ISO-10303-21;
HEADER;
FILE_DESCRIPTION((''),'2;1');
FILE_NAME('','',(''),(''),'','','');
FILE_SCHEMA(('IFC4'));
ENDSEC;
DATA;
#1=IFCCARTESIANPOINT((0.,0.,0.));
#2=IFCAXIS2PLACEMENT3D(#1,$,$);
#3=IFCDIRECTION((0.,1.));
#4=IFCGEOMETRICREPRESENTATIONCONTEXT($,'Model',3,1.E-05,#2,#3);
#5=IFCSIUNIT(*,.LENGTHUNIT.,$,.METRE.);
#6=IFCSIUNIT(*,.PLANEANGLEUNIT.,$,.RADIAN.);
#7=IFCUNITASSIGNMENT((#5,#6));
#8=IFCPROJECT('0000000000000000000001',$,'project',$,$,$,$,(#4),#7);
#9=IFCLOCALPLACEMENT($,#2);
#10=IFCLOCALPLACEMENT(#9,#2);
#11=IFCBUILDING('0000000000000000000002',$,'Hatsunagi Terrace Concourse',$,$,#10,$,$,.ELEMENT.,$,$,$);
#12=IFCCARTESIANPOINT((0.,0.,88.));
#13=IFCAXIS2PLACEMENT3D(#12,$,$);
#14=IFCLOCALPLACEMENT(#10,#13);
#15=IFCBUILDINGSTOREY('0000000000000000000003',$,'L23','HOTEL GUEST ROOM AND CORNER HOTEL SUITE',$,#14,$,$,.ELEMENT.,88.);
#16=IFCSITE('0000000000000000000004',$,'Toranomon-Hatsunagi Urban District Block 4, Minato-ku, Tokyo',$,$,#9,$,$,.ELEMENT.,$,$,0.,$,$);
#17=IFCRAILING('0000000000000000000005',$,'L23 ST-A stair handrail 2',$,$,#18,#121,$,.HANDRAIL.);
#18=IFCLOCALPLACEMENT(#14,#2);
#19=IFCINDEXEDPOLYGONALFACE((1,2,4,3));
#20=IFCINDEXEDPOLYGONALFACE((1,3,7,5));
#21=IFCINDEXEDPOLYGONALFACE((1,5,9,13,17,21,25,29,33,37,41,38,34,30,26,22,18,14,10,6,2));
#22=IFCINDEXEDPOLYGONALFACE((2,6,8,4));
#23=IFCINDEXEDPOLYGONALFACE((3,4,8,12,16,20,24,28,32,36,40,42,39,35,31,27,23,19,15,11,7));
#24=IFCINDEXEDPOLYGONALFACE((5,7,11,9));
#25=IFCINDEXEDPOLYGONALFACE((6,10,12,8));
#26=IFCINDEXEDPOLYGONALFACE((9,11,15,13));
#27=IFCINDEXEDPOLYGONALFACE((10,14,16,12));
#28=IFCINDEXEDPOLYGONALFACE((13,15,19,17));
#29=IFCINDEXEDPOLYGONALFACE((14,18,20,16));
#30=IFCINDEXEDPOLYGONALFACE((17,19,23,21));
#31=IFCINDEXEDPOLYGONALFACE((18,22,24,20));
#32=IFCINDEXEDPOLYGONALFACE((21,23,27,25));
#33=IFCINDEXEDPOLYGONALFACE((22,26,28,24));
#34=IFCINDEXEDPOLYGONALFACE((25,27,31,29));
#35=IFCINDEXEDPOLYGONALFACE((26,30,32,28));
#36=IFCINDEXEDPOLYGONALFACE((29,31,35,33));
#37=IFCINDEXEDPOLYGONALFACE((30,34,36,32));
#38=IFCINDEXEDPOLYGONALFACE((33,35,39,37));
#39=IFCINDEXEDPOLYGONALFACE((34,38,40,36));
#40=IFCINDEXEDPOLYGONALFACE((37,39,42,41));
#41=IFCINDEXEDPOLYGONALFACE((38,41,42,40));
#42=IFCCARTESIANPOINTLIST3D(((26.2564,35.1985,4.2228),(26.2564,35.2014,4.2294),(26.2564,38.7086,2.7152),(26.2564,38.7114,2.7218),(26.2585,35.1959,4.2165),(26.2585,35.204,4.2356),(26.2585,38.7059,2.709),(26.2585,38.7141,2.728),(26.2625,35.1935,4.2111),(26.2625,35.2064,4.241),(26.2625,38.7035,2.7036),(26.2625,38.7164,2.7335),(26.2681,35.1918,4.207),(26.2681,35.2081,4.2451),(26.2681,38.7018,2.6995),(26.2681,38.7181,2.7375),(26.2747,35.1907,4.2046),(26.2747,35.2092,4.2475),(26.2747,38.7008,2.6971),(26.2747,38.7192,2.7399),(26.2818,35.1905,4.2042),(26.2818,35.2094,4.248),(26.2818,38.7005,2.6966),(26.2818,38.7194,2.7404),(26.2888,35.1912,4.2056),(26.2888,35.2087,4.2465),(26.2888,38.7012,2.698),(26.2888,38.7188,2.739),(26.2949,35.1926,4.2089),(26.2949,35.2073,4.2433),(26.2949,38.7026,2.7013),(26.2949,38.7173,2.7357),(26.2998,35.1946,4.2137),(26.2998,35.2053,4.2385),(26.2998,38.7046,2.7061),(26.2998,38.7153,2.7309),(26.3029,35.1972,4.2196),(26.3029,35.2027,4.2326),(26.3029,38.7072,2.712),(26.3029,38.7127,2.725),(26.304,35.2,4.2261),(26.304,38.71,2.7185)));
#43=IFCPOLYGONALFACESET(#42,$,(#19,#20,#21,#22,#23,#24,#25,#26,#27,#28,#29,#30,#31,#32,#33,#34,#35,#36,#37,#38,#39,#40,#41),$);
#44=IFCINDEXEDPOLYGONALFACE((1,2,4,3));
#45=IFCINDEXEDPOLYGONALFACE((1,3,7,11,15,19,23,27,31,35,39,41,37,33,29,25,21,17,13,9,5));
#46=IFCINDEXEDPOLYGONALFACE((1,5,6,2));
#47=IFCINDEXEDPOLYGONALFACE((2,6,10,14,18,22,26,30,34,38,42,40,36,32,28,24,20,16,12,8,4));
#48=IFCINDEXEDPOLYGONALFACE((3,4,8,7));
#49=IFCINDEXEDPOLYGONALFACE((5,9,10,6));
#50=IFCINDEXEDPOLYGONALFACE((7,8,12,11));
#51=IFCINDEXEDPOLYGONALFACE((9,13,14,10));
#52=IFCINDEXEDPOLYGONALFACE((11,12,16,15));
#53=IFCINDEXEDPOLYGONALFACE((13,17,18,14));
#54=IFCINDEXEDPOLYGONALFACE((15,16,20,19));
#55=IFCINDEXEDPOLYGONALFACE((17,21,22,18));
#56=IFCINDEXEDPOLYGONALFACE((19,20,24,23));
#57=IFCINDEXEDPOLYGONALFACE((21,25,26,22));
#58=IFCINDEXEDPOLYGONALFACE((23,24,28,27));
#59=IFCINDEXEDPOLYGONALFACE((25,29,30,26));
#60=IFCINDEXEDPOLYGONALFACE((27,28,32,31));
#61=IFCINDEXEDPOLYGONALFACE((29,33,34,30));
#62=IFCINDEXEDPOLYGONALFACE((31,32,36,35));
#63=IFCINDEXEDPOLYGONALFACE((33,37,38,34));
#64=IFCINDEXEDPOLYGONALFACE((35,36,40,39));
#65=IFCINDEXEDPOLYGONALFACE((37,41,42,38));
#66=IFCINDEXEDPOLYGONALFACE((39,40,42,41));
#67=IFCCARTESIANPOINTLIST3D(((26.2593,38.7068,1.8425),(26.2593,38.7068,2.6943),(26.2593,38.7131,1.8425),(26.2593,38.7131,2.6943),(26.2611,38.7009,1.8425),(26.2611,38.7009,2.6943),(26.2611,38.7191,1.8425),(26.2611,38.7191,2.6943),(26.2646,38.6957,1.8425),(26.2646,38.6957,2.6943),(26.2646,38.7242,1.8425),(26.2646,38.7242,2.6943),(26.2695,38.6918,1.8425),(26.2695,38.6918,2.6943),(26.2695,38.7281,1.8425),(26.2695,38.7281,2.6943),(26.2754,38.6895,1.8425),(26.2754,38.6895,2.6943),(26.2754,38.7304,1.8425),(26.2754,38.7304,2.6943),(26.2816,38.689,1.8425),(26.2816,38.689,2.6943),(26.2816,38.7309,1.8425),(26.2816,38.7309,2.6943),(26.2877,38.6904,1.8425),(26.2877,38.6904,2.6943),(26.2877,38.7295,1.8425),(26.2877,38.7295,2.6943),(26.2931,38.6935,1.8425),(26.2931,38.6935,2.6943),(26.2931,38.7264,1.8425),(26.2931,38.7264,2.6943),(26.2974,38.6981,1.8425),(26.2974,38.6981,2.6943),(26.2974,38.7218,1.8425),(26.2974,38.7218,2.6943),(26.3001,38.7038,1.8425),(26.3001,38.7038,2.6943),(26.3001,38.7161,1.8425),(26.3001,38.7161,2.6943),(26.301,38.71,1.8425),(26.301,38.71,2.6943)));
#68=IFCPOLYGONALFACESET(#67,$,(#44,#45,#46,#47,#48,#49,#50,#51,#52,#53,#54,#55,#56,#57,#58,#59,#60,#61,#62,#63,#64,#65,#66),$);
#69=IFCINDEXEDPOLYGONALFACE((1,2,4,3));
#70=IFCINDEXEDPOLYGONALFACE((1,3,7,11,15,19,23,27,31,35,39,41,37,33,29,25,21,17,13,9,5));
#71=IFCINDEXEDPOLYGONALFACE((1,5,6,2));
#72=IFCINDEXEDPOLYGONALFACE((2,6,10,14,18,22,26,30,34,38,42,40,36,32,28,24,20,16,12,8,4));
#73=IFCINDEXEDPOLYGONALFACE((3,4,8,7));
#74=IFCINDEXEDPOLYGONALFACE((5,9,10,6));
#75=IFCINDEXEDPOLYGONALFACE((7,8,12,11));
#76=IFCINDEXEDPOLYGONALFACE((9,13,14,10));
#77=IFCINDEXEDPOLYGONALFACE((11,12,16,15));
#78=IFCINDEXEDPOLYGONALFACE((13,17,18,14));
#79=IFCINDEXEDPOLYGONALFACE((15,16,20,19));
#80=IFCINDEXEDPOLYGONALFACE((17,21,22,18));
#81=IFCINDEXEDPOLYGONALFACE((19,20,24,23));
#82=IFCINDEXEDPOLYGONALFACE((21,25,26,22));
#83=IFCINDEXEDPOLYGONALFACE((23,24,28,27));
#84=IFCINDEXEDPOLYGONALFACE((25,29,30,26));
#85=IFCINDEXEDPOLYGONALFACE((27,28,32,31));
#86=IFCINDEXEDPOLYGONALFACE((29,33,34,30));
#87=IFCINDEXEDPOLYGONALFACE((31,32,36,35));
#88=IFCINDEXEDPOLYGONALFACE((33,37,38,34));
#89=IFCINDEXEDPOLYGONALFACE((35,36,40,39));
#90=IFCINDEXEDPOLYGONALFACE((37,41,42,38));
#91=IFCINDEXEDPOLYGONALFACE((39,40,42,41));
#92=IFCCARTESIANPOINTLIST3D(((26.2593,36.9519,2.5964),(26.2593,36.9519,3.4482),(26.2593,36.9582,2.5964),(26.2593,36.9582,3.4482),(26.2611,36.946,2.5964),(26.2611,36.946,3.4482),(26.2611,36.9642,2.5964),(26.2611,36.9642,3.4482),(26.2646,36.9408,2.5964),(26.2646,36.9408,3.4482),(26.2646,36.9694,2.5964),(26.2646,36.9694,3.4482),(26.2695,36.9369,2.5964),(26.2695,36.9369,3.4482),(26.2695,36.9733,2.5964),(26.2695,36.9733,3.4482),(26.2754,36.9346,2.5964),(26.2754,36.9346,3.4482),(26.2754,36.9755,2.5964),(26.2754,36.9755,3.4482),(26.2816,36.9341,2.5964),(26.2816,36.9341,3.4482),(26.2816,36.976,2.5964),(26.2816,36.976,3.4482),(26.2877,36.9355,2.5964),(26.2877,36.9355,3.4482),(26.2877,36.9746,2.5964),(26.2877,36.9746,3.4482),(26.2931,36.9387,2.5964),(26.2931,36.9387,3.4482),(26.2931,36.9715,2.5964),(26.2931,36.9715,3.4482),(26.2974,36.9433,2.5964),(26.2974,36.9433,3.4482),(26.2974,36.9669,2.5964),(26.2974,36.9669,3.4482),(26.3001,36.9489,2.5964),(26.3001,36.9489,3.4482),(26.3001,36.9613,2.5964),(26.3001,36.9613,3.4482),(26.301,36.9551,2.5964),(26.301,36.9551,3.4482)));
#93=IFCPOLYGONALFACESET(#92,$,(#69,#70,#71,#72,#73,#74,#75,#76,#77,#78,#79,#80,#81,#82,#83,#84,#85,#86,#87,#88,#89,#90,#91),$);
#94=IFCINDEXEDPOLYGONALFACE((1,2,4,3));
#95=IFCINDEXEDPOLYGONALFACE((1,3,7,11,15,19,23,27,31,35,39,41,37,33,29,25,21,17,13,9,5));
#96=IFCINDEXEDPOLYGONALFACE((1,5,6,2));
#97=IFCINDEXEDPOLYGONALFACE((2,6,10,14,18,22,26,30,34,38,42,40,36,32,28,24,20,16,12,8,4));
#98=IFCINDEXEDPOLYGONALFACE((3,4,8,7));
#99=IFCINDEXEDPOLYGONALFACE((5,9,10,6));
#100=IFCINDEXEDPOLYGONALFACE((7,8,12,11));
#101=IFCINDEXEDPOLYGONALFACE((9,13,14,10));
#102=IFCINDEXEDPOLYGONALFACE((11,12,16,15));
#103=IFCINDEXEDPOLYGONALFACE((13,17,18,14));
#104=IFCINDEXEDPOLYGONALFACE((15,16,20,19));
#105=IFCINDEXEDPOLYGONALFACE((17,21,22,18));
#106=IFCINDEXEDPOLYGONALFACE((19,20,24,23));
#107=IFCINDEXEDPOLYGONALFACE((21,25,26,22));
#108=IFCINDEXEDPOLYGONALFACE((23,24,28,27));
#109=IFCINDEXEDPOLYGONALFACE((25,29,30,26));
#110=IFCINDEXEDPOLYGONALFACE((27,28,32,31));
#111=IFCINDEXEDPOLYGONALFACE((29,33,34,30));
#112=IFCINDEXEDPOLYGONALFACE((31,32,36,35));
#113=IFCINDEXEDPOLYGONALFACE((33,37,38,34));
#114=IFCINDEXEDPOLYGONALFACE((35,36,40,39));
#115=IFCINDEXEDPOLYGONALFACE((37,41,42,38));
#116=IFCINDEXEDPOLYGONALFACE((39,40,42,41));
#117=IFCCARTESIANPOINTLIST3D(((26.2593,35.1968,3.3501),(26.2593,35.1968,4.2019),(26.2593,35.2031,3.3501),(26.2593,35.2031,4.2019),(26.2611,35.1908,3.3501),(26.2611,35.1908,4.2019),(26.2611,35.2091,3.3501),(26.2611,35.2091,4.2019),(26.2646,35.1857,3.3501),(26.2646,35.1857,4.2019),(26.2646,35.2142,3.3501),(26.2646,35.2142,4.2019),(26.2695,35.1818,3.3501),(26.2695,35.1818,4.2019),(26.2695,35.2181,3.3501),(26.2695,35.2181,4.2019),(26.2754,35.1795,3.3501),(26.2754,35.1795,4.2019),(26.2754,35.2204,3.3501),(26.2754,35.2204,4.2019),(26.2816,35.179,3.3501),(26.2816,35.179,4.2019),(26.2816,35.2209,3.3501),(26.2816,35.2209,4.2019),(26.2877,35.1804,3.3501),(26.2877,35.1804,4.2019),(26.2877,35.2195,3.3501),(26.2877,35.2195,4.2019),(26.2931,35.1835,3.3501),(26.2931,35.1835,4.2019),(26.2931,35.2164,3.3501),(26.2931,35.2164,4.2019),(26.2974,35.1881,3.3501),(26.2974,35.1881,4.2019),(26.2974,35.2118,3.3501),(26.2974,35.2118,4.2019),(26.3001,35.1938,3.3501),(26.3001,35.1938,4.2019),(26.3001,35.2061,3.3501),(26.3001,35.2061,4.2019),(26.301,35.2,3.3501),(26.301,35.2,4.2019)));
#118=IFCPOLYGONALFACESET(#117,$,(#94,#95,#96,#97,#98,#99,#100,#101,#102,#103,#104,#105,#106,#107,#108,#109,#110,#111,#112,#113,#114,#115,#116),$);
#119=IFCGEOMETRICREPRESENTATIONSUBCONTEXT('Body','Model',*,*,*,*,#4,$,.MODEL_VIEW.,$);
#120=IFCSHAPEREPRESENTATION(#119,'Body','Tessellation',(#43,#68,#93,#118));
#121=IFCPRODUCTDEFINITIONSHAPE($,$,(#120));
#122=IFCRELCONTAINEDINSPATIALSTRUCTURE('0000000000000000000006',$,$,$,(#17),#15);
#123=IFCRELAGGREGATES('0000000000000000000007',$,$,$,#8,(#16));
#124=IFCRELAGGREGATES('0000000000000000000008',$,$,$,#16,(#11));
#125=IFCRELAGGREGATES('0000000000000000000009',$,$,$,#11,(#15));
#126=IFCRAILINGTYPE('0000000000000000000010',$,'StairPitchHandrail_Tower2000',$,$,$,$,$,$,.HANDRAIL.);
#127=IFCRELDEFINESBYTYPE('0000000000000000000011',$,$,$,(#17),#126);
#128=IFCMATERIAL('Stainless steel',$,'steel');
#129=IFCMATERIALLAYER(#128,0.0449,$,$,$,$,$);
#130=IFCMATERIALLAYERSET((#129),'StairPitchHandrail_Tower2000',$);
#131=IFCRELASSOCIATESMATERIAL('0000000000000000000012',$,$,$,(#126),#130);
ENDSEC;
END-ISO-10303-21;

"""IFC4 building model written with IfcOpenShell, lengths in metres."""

from ifc_helpers import new_model, si_unit, direction, frame, origin, origin_2d, place, context, subcontext, project, spatial, circle, extrude, material, layer, layer_set, type_object, element, save


model = new_model("IFC4")

# Units and contexts
model_context = context("Model", 3, precision=1e-05, world=origin(), true_north=direction((0.0, 1.0)))
body_context = subcontext(model_context, "Body", "Model", "MODEL_VIEW")
ifc_project = project(units=[si_unit("LENGTHUNIT", "METRE"), si_unit("PLANEANGLEUNIT", "RADIAN")], contexts=[model_context])

# Site, building, storey
site_placement = place(None, origin())
site = spatial("IfcSite", under=ifc_project, at=site_placement, Name="Toranomon-Hatsunagi Urban District Block 4, Minato-ku, Tokyo", CompositionType="ELEMENT", RefElevation=0.0)
building_placement = place(site_placement, origin())
building = spatial("IfcBuilding", under=site, at=building_placement, Name="Hatsunagi Terrace Concourse", CompositionType="ELEMENT")
storey_placement = place(building_placement, frame((0.0, 0.0, 88.0)))
storey = spatial("IfcBuildingStorey", under=building, at=storey_placement, Name="L23", Description="HOTEL GUEST ROOM AND CORNER HOTEL SUITE", CompositionType="ELEMENT", Elevation=88.0)

# Railing
ifc_material_1 = material(Name="Stainless steel", Category="steel")
ifc_layer_1 = layer(ifc_material_1, 0.0449)
ifc_layer_set_1 = layer_set([ifc_layer_1], Name="StairPitchHandrail_Tower2000")
railing_type_1 = type_object("IfcRailingType", Name="StairPitchHandrail_Tower2000", PredefinedType="HANDRAIL", material=ifc_layer_set_1)
railing_1_placement = place(storey_placement, frame((26.28, 38.71, 1.8425)))
element("IfcRailing", 1, at=railing_1_placement, inside=storey, type_object=railing_type_1, Name="L23 ST-A stair handrail 2", PredefinedType="HANDRAIL", context=body_context, shape_type="SweptSolid", body=[
    extrude(circle(Radius=0.0239, at=origin_2d()), frame((0.0, 0.0, 0.876), z_axis=(0.0, -0.918834, 0.394644), x_axis=(1.0, 0.0, 0.0)), (0.0, 0.0, 1.0), 3.8201),
    extrude(circle(Radius=0.021, at=origin_2d()), origin(), (0.0, 0.0, 1.0), 0.8518),
    extrude(circle(Radius=0.021, at=origin_2d()), frame((0.0, -1.7549, 0.7539)), (0.0, 0.0, 1.0), 0.8518),
    extrude(circle(Radius=0.021, at=origin_2d()), frame((0.0, -3.51, 1.5076)), (0.0, 0.0, 1.0), 0.8518),
])

save(model, "model.ifc")
